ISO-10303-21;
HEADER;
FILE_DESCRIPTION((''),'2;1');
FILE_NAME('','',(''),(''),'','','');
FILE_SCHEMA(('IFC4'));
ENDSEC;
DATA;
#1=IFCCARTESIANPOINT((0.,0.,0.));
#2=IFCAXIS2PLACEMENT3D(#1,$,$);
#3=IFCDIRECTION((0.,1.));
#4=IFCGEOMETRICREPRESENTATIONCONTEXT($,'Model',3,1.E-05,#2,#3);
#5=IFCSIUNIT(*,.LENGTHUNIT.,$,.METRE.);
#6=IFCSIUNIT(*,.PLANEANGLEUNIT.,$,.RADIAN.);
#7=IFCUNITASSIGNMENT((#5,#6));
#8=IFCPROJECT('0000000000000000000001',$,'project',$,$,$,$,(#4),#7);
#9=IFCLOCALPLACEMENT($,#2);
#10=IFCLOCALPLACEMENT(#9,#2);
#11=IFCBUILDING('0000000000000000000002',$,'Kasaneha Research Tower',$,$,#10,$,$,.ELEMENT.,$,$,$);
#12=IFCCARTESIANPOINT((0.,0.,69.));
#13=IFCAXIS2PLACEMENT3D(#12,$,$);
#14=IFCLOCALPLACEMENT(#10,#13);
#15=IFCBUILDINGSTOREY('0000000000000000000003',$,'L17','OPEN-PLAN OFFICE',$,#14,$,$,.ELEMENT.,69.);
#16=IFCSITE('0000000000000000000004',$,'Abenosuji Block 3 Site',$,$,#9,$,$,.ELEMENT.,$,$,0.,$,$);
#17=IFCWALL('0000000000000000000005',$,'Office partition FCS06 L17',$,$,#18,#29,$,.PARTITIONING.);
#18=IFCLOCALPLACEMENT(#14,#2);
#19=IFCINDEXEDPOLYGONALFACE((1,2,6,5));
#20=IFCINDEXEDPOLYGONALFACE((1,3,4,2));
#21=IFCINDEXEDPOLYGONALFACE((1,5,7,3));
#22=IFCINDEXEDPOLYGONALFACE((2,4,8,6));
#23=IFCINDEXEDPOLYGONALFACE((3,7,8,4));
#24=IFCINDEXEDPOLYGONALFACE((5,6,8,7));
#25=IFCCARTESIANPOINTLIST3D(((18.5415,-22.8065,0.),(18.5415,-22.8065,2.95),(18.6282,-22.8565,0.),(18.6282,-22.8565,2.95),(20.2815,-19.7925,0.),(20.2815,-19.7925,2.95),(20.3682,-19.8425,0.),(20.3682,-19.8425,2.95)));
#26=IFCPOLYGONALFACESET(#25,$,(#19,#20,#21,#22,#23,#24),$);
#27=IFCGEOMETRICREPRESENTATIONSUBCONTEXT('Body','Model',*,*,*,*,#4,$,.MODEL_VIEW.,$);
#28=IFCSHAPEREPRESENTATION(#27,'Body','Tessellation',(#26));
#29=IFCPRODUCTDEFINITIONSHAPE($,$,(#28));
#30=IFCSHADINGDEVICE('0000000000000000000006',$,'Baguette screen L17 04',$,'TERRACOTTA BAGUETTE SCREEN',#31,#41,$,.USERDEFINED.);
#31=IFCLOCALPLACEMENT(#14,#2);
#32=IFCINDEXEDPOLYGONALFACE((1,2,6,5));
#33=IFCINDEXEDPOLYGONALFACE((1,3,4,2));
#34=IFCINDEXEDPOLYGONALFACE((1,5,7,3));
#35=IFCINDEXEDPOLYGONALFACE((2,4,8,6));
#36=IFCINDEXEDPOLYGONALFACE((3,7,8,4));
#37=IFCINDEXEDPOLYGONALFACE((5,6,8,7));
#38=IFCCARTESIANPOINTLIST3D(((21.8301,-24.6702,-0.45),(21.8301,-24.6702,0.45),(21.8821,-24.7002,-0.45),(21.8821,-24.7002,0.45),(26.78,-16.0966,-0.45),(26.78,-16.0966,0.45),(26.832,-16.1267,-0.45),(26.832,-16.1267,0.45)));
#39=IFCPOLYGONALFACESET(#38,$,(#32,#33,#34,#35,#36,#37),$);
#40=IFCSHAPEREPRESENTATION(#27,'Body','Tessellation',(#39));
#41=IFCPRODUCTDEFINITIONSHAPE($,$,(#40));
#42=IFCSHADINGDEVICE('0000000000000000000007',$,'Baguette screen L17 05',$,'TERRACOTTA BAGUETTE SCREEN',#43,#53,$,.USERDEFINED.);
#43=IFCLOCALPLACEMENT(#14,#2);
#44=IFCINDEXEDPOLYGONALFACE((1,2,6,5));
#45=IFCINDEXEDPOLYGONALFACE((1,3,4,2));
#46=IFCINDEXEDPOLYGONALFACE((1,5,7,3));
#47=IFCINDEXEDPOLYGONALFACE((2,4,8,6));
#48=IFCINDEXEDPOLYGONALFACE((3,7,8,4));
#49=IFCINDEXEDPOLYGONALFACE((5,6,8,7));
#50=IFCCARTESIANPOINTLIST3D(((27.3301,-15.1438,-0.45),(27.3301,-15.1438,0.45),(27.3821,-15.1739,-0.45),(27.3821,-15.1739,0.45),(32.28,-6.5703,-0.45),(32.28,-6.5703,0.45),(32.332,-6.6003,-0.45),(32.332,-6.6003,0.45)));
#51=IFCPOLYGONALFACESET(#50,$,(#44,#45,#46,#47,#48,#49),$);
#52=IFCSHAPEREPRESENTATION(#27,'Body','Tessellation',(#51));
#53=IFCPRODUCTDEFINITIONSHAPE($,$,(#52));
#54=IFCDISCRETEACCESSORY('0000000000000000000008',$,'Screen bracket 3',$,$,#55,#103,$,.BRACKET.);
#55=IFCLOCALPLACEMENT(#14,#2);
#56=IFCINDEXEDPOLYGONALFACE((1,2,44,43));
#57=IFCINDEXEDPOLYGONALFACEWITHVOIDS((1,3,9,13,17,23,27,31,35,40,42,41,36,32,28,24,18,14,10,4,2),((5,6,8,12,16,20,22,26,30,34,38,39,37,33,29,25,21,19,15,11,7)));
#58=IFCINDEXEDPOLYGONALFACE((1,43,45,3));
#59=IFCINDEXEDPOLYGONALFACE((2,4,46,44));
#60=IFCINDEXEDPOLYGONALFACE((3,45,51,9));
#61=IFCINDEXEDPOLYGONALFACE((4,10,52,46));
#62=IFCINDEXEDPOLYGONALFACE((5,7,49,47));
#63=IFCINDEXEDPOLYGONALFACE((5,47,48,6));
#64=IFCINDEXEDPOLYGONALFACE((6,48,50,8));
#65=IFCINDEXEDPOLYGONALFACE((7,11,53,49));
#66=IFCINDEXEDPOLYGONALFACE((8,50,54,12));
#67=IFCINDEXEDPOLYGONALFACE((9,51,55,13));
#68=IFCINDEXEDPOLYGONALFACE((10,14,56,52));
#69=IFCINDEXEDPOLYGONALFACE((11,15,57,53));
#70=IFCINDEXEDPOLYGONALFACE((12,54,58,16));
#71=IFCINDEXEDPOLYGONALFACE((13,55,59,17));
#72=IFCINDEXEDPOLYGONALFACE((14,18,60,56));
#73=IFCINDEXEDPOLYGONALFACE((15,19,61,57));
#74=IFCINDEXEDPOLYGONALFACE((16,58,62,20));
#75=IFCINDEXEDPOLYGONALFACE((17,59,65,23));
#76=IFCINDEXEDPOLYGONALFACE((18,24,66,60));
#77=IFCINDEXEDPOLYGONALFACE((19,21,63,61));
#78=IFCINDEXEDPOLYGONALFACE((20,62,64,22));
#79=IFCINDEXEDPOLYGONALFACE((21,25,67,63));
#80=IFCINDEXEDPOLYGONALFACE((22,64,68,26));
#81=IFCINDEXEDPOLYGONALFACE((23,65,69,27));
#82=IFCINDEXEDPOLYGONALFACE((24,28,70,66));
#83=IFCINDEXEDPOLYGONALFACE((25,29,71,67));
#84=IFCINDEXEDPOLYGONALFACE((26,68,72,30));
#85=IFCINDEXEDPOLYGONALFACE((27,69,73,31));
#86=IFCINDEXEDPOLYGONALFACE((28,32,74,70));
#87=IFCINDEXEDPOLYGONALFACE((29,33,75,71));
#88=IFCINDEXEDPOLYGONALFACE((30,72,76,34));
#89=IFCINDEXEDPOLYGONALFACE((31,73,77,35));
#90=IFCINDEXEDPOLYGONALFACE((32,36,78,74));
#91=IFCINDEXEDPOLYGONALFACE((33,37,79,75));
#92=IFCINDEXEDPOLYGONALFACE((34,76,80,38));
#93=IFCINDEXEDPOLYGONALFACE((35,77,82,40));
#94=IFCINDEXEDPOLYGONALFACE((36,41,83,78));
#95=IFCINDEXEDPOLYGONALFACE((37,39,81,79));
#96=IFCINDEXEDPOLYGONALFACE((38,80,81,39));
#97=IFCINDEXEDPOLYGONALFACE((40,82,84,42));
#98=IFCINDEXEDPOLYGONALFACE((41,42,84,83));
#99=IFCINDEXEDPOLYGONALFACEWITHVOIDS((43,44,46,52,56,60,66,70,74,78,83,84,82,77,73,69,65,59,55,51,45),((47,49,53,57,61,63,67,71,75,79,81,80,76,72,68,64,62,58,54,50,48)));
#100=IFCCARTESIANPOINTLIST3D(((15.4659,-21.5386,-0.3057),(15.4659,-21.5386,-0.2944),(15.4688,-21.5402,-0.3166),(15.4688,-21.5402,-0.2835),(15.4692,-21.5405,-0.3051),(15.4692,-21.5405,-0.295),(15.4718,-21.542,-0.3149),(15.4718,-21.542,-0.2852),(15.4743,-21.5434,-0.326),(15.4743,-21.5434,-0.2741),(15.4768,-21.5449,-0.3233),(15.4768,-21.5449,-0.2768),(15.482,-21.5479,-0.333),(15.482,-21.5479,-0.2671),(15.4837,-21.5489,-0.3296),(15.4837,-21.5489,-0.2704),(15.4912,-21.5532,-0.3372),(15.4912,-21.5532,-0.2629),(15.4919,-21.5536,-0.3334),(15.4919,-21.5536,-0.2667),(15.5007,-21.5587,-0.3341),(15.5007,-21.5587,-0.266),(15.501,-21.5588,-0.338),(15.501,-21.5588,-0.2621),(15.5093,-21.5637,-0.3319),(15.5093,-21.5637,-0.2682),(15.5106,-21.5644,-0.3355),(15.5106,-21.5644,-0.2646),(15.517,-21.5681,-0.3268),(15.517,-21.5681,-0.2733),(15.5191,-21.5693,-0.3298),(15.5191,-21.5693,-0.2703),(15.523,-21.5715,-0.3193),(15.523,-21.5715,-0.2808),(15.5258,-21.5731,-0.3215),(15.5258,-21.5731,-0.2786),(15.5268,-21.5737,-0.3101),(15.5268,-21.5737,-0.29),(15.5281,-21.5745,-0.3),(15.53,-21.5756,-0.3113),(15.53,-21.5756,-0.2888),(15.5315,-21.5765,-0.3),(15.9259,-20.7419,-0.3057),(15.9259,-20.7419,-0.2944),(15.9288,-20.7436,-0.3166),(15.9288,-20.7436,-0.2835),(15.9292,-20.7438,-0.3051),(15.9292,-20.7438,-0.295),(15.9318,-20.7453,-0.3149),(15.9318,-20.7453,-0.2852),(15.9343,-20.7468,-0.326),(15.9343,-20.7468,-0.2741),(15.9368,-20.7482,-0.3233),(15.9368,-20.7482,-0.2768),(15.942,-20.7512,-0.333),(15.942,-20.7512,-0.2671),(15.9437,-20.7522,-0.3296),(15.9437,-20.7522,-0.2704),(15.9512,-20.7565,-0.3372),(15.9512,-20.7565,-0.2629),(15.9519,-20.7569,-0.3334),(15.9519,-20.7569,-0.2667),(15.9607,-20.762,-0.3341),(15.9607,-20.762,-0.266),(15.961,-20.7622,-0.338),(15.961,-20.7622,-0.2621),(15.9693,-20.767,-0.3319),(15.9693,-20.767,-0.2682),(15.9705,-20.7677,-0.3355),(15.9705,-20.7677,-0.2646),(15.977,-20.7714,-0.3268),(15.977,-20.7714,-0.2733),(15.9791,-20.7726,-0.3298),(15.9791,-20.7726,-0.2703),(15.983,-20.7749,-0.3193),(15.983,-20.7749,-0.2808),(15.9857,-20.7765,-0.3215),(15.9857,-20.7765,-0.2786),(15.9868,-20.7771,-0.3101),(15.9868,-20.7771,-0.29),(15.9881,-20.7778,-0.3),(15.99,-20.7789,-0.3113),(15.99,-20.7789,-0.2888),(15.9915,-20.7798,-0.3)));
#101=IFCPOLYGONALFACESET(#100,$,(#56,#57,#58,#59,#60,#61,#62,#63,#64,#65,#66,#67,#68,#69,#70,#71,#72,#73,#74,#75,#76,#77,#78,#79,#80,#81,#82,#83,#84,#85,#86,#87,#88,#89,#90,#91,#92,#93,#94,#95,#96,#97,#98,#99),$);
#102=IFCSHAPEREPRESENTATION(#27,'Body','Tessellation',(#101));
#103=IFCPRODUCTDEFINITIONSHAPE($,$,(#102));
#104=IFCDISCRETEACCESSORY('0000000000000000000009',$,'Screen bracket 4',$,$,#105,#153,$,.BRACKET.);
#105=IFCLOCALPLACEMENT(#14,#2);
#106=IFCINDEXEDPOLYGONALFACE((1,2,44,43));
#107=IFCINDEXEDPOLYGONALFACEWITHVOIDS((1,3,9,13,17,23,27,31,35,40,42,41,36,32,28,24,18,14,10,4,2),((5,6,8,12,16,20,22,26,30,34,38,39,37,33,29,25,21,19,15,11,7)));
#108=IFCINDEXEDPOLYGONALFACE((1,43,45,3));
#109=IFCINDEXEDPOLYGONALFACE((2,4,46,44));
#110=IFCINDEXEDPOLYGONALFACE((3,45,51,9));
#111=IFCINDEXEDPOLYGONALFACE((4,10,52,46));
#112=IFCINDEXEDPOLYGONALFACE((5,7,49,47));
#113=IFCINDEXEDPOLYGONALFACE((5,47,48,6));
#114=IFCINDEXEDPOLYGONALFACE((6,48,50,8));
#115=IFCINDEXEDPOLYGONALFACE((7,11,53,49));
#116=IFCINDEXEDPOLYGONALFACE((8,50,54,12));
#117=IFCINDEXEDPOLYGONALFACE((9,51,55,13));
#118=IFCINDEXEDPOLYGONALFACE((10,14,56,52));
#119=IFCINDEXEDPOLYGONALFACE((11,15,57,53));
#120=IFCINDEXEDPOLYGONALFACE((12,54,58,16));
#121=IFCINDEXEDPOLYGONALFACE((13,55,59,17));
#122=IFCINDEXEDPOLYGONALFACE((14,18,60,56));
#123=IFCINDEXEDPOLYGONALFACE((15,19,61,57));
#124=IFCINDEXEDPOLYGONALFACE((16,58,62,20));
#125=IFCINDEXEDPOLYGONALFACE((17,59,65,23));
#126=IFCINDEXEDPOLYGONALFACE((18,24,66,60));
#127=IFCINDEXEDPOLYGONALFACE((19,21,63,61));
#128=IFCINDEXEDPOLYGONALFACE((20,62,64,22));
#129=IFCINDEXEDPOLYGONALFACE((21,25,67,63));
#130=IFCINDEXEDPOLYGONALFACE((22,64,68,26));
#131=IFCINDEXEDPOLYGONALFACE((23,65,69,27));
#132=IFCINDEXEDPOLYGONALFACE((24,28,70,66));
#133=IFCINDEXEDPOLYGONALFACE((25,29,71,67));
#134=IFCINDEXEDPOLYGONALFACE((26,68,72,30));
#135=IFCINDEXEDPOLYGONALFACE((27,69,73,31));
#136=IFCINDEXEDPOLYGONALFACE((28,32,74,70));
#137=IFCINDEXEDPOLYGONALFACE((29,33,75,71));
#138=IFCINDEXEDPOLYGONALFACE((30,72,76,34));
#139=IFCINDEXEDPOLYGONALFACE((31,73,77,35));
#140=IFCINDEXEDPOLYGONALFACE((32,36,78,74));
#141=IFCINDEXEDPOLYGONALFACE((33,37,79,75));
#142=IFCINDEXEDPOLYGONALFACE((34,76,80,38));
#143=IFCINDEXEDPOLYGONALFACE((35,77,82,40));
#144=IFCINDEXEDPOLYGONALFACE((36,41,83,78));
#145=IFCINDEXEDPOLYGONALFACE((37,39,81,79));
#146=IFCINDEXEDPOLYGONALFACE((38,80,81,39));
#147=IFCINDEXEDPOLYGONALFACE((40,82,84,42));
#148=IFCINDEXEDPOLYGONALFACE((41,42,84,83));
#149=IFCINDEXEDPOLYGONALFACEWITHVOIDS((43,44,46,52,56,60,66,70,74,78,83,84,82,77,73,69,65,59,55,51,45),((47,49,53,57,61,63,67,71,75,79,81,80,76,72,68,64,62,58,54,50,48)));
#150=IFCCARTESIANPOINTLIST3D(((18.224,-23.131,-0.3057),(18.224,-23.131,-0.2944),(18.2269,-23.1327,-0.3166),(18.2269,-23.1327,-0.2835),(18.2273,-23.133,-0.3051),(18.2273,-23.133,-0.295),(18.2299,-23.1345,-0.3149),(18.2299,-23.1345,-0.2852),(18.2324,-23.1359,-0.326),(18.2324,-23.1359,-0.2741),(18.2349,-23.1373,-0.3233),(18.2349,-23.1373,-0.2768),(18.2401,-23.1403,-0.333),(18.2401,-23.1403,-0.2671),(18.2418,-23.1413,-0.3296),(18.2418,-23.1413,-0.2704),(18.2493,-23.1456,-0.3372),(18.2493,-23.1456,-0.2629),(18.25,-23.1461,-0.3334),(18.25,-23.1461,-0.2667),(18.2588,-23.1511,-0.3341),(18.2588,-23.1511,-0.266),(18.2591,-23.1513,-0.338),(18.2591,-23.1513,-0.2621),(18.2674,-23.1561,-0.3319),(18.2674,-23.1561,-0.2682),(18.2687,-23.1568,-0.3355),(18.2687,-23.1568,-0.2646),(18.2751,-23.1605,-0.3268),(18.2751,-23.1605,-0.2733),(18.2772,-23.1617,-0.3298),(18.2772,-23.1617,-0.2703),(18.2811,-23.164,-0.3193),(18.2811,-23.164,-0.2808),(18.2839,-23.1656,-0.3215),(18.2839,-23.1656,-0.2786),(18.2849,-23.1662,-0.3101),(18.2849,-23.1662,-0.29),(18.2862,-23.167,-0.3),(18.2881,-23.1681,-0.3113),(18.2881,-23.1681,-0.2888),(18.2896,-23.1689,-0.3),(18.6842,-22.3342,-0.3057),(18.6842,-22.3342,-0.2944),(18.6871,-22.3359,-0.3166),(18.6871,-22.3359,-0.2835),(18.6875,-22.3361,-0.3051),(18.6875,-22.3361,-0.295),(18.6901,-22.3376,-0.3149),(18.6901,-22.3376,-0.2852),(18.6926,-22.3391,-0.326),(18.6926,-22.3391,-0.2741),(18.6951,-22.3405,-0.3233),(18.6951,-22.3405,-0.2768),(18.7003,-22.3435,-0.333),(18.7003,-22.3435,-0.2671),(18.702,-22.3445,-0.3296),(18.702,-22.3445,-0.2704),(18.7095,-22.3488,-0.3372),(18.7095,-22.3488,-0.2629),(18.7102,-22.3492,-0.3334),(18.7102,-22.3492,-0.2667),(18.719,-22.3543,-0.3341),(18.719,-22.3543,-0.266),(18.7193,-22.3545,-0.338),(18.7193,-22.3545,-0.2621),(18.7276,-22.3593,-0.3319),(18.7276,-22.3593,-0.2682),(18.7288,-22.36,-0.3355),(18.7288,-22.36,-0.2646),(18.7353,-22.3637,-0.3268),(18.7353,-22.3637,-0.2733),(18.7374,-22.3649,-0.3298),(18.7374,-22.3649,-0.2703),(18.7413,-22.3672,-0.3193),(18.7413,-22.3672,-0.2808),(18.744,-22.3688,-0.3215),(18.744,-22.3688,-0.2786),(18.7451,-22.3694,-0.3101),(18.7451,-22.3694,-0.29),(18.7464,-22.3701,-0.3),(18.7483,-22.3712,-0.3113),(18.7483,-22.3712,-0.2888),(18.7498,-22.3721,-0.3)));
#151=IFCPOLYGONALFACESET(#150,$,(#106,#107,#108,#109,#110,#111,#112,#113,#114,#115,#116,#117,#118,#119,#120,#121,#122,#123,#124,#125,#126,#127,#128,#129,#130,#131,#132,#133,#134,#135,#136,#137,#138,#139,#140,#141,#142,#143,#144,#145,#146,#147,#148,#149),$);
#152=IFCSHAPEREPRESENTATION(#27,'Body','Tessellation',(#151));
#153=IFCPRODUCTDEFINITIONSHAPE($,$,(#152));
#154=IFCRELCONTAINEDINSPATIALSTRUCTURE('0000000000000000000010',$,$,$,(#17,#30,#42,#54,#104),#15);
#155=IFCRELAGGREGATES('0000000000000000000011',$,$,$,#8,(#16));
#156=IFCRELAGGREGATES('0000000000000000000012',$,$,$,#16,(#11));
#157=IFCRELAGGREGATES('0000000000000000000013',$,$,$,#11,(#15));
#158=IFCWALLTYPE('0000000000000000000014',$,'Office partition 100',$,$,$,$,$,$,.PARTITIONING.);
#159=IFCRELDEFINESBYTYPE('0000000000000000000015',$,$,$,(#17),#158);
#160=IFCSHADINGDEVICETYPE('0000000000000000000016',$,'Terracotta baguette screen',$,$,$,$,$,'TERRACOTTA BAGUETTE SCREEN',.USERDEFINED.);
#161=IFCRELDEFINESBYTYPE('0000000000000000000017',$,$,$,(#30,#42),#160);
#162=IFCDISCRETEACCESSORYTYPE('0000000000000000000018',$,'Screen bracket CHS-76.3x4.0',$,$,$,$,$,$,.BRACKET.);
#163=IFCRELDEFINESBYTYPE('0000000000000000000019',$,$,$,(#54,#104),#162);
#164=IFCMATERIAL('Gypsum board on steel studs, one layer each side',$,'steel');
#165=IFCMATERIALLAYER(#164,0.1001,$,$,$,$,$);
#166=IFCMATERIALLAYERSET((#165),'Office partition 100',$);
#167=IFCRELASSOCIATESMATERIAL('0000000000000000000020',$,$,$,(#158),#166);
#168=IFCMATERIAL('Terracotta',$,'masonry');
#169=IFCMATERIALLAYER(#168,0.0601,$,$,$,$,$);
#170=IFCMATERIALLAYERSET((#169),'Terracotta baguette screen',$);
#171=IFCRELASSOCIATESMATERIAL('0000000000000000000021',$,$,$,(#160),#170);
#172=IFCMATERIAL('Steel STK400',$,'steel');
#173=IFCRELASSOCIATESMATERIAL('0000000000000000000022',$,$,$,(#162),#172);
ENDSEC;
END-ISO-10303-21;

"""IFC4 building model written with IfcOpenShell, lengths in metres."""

from ifc_helpers import new_model, si_unit, direction, frame, frame_2d, origin, origin_2d, place, context, subcontext, project, spatial, rectangle, hollow_circle, extrude, material, layer, layer_set, material_profile, profile_set, type_object, element, save


model = new_model("IFC4")

# Units and contexts
model_context = context("Model", 3, precision=1e-05, world=origin(), true_north=direction((0.0, 1.0)))
body_context = subcontext(model_context, "Body", "Model", "MODEL_VIEW")
ifc_project = project(units=[si_unit("LENGTHUNIT", "METRE"), si_unit("PLANEANGLEUNIT", "RADIAN")], contexts=[model_context])

# Site, building, storey
site_placement = place(None, origin())
site = spatial("IfcSite", under=ifc_project, at=site_placement, Name="Abenosuji Block 3 Site", CompositionType="ELEMENT", RefElevation=0.0)
building_placement = place(site_placement, origin())
building = spatial("IfcBuilding", under=site, at=building_placement, Name="Kasaneha Research Tower", CompositionType="ELEMENT")
storey_placement = place(building_placement, frame((0.0, 0.0, 69.0)))
storey = spatial("IfcBuildingStorey", under=building, at=storey_placement, Name="L17", Description="OPEN-PLAN OFFICE", CompositionType="ELEMENT", Elevation=69.0)

# Wall
ifc_material_1 = material(Name="Gypsum board on steel studs, one layer each side", Category="steel")
ifc_layer_1 = layer(ifc_material_1, 0.1001)
ifc_layer_set_1 = layer_set([ifc_layer_1], Name="Office partition 100")
wall_type = type_object("IfcWallType", Name="Office partition 100", PredefinedType="PARTITIONING", material=ifc_layer_set_1)
wall_placement = place(storey_placement, frame((20.325, -19.8174, 0.0), z_axis=(0.0, 0.0, 1.0), x_axis=(-0.49998, -0.866037, 0.0)))
element("IfcWall", 1, at=wall_placement, inside=storey, type_object=wall_type, Name="Office partition FCS06 L17", PredefinedType="PARTITIONING", context=body_context, shape_type="SweptSolid", body=[
    extrude(rectangle(XDim=3.4802, YDim=0.1001, at=frame_2d((1.7402, 0.0))), origin(), (0.0, 0.0, 1.0), 2.95),
])

# Shading devices
ifc_material_2 = material(Name="Terracotta", Category="masonry")
ifc_layer_2 = layer(ifc_material_2, 0.0601)
ifc_layer_set_2 = layer_set([ifc_layer_2], Name="Terracotta baguette screen")
shading_device_type = type_object("IfcShadingDeviceType", Name="Terracotta baguette screen", ElementType="TERRACOTTA BAGUETTE SCREEN", PredefinedType="USERDEFINED", material=ifc_layer_set_2)
for number, where, z_axis, x_axis, name in (
    (2, (24.3311, -20.3984, -0.45), (0.0, 0.0, 1.0), (0.5, 0.866025, 0.0), "Baguette screen L17 04"),
    (3, (29.8311, -10.8721, -0.45), (0.0, 0.0, 1.0), (0.5, 0.866025, 0.0), "Baguette screen L17 05"),
):
    element("IfcShadingDevice", number, at=place(storey_placement, frame(where, z_axis=z_axis, x_axis=x_axis)), inside=storey, type_object=shading_device_type, Name=name, ObjectType="TERRACOTTA BAGUETTE SCREEN", PredefinedType="USERDEFINED", context=body_context, shape_type="SweptSolid", body=[
        extrude(rectangle(XDim=9.8999, YDim=0.0601, at=origin_2d()), origin(), (0.0, 0.0, 1.0), 0.8999),
    ])

# Discrete accessories
ifc_material_3 = material(Name="Steel STK400", Category="steel")
ifc_material_profile_1 = material_profile(ifc_material_3, hollow_circle(Radius=0.0381, WallThickness=0.0039, at=origin_2d()), Name="CHS-76.3x4.0")
ifc_profile_set_1 = profile_set([ifc_material_profile_1], Name="Steel STK400")
discrete_accessory_type = type_object("IfcDiscreteAccessoryType", Name="Screen bracket CHS-76.3x4.0", PredefinedType="BRACKET", material=ifc_profile_set_1)
discrete_accessory_1_placement = place(storey_placement, frame((15.9585, -20.7607, -0.3), z_axis=(-0.500021, -0.866013, 0.0), x_axis=(0.866013, -0.500021, 0.0)))
element("IfcDiscreteAccessory", 4, at=discrete_accessory_1_placement, inside=storey, type_object=discrete_accessory_type, Name="Screen bracket 3", PredefinedType="BRACKET", context=body_context, shape_type="SweptSolid", body=[
    extrude(hollow_circle(Radius=0.0381, WallThickness=0.0039, at=origin_2d()), origin(), (0.0, 0.0, 1.0), 0.9199),
])
discrete_accessory_2_placement = place(storey_placement, frame((18.7168, -22.353, -0.3), z_axis=(-0.500105, -0.865965, 0.0), x_axis=(0.865965, -0.500105, 0.0)))
element("IfcDiscreteAccessory", 5, at=discrete_accessory_2_placement, inside=storey, type_object=discrete_accessory_type, Name="Screen bracket 4", PredefinedType="BRACKET", context=body_context, shape_type="SweptSolid", body=[
    extrude(hollow_circle(Radius=0.0381, WallThickness=0.0039, at=origin_2d()), origin(), (0.0, 0.0, 1.0), 0.9202),
])

save(model, "model.ifc")
